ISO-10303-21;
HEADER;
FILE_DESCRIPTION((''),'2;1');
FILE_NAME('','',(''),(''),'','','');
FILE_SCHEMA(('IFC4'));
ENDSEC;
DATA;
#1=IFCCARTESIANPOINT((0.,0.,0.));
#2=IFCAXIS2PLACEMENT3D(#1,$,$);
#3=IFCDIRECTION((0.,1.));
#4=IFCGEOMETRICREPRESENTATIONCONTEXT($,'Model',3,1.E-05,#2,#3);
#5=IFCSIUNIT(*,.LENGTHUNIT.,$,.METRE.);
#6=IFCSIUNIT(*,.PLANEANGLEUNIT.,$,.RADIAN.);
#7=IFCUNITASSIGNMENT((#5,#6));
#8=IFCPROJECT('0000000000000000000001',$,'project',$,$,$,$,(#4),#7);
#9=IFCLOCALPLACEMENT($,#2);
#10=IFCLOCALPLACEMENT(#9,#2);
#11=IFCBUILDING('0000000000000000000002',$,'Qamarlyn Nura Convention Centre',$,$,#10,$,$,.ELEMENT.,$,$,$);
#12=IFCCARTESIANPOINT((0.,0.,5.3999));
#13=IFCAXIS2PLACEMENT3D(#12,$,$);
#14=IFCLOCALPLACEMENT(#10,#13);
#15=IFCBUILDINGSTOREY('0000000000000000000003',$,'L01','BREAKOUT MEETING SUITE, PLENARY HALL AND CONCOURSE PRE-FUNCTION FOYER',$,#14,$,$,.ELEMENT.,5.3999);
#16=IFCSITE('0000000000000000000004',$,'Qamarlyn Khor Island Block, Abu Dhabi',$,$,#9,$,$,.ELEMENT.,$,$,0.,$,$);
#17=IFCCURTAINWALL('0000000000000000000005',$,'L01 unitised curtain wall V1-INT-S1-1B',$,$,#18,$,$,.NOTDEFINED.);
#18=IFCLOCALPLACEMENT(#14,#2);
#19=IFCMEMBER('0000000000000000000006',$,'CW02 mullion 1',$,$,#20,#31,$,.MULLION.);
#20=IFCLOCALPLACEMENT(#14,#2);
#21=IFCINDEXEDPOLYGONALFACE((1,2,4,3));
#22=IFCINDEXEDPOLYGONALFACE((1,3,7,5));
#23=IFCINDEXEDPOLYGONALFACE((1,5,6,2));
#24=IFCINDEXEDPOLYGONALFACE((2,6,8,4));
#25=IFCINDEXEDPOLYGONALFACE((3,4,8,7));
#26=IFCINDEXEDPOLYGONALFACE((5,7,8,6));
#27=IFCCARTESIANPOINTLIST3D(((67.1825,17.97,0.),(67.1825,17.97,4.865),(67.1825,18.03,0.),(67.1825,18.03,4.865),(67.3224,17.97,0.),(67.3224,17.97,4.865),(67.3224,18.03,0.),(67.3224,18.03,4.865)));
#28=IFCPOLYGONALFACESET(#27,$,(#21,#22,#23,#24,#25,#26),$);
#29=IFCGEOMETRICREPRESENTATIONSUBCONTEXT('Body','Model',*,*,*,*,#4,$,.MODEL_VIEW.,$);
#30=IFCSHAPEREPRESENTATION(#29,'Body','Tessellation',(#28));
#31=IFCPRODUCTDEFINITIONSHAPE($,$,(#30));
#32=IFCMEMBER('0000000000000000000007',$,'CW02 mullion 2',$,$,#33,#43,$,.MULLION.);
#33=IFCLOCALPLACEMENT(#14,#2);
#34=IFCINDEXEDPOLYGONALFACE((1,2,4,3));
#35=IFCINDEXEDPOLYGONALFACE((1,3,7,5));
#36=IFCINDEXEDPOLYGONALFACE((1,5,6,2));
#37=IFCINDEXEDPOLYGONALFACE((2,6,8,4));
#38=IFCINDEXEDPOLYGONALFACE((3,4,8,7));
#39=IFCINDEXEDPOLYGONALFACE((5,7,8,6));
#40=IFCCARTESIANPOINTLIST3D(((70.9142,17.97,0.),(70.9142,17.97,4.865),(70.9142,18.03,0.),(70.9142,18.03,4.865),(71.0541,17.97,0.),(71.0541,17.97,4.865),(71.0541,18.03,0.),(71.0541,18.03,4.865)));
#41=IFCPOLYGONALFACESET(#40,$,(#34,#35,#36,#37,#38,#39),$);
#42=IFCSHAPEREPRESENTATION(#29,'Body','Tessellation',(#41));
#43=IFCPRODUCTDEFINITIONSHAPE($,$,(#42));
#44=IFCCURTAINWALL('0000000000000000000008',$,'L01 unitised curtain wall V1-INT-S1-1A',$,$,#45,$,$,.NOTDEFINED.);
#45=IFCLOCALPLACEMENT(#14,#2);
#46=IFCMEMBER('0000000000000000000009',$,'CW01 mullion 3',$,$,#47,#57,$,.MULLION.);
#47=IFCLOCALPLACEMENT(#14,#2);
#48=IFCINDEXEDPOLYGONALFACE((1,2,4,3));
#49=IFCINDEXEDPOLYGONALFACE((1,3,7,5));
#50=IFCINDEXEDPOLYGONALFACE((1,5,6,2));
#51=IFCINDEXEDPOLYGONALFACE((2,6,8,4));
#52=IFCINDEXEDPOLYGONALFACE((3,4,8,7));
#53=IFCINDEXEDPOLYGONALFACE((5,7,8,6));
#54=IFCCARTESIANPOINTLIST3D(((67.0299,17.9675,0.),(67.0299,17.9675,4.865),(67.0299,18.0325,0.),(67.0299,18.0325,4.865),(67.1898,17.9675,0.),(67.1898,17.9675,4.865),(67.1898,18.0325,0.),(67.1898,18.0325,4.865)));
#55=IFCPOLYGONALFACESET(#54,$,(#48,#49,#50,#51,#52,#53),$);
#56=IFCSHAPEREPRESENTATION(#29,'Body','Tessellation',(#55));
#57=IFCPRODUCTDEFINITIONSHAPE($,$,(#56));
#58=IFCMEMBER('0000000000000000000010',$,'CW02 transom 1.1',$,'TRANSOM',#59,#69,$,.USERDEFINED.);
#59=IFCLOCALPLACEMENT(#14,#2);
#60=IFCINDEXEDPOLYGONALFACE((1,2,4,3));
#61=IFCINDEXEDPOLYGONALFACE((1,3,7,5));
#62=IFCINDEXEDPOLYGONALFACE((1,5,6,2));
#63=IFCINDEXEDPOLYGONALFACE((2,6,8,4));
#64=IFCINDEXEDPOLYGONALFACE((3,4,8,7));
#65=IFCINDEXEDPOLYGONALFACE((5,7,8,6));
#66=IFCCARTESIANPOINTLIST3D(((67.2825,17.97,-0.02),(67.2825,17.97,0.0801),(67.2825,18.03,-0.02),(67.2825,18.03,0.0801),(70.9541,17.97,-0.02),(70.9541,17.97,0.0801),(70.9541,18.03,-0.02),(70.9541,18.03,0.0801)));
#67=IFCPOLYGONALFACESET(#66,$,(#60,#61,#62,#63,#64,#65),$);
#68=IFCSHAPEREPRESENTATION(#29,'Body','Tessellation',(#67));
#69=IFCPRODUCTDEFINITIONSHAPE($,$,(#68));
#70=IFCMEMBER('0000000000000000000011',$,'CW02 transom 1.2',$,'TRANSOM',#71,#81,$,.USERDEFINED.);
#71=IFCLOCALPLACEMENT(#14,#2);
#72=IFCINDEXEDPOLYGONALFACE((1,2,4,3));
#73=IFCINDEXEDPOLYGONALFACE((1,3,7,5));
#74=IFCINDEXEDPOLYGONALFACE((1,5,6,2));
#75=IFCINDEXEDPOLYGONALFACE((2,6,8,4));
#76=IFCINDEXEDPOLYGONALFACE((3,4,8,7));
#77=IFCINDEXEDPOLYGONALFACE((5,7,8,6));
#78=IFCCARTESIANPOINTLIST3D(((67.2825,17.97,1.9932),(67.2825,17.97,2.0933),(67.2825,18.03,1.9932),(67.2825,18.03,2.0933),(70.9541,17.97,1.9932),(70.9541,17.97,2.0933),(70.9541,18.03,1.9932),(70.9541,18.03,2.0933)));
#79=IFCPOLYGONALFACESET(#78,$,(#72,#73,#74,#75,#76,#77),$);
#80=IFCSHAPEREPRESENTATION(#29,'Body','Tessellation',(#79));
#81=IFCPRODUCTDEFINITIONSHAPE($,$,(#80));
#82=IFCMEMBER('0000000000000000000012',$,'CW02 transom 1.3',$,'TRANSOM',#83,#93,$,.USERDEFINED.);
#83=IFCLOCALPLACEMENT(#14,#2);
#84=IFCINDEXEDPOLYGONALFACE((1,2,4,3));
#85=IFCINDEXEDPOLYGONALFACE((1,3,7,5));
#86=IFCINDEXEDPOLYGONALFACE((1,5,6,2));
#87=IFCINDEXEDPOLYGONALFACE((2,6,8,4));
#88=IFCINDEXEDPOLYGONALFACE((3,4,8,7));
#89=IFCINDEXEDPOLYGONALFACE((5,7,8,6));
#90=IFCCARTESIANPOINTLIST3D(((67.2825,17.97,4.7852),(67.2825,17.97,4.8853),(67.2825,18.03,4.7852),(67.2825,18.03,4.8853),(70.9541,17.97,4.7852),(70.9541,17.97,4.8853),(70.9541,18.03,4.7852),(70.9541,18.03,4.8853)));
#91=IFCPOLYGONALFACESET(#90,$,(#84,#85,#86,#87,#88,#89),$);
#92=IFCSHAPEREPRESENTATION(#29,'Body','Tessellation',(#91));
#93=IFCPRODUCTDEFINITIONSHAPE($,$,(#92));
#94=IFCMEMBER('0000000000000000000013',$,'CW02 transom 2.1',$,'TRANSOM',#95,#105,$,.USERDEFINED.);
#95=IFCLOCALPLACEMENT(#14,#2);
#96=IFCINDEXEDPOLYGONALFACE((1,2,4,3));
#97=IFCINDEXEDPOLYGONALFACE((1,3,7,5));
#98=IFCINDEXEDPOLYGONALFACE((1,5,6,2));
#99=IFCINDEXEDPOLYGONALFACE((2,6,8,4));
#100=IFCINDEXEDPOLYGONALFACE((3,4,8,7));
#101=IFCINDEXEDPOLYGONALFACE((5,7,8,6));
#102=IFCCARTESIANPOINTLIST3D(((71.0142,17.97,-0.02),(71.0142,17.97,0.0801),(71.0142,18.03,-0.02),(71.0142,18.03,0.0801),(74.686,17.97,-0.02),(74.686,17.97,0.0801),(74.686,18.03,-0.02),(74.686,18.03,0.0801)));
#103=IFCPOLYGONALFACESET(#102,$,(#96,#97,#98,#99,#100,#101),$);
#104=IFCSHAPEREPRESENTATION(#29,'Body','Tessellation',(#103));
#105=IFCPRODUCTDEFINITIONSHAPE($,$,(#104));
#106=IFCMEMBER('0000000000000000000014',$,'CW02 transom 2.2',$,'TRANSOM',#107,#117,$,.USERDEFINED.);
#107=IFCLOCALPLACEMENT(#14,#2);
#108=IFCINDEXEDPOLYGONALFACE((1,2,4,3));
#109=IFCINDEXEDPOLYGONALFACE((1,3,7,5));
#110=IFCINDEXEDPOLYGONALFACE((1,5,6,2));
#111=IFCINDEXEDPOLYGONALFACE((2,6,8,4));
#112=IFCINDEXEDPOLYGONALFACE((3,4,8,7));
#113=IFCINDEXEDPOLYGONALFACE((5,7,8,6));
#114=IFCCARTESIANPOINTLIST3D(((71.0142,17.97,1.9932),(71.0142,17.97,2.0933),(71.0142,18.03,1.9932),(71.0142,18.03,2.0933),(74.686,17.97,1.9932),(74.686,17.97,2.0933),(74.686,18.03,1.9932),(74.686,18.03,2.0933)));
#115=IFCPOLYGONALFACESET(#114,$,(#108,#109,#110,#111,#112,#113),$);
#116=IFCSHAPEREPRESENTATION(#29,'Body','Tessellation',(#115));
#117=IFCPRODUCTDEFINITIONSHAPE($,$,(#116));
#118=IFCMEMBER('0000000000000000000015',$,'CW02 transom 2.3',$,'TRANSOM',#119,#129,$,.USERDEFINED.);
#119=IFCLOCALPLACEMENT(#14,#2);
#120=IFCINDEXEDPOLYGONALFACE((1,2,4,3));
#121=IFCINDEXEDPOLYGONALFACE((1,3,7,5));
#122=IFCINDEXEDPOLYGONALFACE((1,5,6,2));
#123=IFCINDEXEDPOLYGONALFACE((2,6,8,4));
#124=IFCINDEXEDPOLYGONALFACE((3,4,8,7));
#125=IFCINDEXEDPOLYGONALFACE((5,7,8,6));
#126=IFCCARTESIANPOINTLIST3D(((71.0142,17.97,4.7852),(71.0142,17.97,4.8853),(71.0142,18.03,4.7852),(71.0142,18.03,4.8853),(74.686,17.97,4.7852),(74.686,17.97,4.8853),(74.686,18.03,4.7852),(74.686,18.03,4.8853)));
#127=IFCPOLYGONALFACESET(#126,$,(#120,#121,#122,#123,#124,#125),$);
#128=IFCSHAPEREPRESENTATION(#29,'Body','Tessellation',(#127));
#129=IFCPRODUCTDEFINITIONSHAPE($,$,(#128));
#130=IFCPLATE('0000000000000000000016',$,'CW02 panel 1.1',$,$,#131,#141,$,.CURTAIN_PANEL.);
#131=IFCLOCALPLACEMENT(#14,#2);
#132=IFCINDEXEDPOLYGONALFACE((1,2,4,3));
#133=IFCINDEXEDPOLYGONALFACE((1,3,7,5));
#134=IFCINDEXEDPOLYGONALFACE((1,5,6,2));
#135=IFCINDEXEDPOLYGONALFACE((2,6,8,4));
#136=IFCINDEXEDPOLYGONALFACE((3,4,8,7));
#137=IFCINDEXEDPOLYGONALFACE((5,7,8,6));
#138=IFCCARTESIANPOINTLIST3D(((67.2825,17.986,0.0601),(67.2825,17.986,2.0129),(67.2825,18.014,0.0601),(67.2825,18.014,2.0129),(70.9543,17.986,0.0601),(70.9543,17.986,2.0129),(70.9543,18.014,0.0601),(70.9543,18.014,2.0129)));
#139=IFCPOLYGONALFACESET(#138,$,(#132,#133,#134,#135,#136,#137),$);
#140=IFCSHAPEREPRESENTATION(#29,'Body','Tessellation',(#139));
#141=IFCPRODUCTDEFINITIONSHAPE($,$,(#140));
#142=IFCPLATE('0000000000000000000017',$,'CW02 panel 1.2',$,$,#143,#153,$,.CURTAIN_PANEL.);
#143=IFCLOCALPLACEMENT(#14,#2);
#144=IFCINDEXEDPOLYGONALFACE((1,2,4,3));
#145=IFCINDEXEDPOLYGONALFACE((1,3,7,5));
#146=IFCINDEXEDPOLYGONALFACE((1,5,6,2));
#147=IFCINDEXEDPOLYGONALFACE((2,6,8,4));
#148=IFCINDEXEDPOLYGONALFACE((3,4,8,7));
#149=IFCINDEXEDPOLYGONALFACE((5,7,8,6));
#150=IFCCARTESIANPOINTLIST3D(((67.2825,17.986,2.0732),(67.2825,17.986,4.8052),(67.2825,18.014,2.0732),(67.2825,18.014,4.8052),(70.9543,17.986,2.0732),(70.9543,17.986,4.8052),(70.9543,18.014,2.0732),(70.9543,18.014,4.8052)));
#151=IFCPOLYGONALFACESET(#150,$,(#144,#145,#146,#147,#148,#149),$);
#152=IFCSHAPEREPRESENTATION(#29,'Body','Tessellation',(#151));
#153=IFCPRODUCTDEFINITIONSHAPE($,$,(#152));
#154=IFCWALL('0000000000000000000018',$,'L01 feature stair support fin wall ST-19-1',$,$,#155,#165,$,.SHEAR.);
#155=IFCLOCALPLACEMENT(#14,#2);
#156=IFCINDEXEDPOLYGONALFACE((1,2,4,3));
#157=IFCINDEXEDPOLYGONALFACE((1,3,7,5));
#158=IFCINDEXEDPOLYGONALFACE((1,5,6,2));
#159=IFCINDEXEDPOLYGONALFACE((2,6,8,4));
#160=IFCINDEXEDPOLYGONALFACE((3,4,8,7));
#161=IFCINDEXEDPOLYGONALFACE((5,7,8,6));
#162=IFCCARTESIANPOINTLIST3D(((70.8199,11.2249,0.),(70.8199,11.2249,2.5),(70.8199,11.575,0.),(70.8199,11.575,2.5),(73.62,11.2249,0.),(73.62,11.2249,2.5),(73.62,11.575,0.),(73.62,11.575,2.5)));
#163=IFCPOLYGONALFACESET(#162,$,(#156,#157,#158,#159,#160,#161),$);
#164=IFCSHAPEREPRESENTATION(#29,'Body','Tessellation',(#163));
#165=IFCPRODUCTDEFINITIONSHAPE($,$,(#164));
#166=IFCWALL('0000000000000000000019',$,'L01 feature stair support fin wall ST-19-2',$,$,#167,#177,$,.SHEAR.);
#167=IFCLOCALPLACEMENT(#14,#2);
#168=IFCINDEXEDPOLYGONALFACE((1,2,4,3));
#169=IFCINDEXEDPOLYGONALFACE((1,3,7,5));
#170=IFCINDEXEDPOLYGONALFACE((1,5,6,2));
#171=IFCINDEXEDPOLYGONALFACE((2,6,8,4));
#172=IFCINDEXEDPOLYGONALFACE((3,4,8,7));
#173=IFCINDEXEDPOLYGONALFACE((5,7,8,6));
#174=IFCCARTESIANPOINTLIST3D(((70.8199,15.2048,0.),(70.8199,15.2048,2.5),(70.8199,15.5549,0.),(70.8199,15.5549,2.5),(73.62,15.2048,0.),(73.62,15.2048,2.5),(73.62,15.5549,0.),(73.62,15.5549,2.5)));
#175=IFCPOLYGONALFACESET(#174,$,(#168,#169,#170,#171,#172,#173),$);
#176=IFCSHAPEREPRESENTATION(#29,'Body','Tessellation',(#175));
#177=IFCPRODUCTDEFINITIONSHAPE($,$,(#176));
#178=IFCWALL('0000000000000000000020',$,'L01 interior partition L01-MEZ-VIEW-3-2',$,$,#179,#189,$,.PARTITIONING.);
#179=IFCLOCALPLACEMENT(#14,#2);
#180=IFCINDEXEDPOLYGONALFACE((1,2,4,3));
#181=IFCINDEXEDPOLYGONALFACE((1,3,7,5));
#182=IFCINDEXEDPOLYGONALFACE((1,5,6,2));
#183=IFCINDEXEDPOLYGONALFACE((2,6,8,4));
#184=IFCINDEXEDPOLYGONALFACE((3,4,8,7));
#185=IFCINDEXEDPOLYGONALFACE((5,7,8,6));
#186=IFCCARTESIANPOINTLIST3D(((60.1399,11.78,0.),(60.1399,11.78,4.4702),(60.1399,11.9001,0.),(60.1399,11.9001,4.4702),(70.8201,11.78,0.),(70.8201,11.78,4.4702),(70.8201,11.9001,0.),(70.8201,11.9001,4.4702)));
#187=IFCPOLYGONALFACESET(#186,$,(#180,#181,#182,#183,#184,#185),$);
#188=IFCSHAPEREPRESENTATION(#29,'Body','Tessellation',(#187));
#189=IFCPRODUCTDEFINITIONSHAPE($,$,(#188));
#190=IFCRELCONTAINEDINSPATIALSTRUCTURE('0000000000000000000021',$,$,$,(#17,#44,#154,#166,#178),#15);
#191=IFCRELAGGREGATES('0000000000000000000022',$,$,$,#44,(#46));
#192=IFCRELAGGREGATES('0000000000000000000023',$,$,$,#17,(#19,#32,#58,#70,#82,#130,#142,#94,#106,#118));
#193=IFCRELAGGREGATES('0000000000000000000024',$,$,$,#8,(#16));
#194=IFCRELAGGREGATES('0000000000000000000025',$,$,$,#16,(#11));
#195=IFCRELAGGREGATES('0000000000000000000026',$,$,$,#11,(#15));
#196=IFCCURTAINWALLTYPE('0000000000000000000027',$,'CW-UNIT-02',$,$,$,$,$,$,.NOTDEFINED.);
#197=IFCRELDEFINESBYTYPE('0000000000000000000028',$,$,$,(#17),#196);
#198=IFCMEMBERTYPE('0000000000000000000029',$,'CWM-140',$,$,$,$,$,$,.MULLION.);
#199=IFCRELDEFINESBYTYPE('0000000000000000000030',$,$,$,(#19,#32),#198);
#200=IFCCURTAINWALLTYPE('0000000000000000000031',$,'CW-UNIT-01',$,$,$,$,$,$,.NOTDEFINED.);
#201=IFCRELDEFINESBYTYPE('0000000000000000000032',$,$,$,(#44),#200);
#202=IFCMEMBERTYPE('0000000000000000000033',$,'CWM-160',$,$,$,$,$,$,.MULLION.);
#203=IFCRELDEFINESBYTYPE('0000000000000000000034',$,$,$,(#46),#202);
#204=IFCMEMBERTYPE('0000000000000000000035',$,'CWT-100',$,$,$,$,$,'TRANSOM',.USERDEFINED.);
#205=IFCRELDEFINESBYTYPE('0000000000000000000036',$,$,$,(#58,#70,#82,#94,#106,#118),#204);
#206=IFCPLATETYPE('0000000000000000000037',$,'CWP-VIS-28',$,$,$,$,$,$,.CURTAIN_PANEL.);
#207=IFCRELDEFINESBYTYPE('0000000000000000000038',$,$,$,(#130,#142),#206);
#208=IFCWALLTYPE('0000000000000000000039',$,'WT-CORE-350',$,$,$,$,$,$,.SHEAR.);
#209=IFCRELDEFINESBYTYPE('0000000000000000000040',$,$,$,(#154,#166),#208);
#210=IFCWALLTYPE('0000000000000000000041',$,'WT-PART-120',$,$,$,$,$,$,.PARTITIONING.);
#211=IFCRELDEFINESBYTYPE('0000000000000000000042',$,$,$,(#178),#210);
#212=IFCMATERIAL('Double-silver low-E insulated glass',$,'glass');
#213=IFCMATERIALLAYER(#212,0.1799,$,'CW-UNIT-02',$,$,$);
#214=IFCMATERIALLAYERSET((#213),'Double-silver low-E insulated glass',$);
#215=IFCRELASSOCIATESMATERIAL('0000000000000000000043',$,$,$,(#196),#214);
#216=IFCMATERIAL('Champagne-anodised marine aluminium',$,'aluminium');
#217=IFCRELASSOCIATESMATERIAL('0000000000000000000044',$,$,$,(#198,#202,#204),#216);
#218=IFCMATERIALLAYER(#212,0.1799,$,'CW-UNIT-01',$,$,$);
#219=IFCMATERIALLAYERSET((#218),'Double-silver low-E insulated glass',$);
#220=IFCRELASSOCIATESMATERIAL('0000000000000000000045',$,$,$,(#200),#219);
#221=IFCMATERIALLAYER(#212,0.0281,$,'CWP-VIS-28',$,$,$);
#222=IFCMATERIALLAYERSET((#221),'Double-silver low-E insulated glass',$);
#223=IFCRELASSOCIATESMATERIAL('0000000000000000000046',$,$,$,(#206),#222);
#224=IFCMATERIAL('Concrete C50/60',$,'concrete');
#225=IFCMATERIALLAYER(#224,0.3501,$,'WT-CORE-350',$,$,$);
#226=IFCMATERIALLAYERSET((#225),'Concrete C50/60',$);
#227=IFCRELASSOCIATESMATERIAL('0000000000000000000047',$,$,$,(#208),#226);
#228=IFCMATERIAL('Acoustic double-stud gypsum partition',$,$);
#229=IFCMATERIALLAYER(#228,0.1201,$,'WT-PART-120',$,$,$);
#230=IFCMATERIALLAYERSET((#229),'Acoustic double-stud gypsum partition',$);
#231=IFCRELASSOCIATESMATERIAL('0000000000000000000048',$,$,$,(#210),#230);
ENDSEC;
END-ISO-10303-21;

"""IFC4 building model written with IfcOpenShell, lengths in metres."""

from ifc_helpers import new_model, si_unit, direction, frame, frame_2d, origin, origin_2d, place, context, subcontext, project, spatial, rectangle, extrude, material, layer, layer_set, material_profile, profile_set, type_object, element, aggregate, save


model = new_model("IFC4")

# Units and contexts
model_context = context("Model", 3, precision=1e-05, world=origin(), true_north=direction((0.0, 1.0)))
body_context = subcontext(model_context, "Body", "Model", "MODEL_VIEW")
ifc_project = project(units=[si_unit("LENGTHUNIT", "METRE"), si_unit("PLANEANGLEUNIT", "RADIAN")], contexts=[model_context])

# Site, building, storey
site_placement = place(None, origin())
site = spatial("IfcSite", under=ifc_project, at=site_placement, Name="Qamarlyn Khor Island Block, Abu Dhabi", CompositionType="ELEMENT", RefElevation=0.0)
building_placement = place(site_placement, origin())
building = spatial("IfcBuilding", under=site, at=building_placement, Name="Qamarlyn Nura Convention Centre", CompositionType="ELEMENT")
storey_placement = place(building_placement, frame((0.0, 0.0, 5.3999)))
storey = spatial("IfcBuildingStorey", under=building, at=storey_placement, Name="L01", Description="BREAKOUT MEETING SUITE, PLENARY HALL AND CONCOURSE PRE-FUNCTION FOYER", CompositionType="ELEMENT", Elevation=5.3999)

# Curtain wall, members
ifc_material_1 = material(Name="Double-silver low-E insulated glass", Category="glass")
ifc_layer_1 = layer(ifc_material_1, 0.1799, Name="CW-UNIT-02")
ifc_layer_set_1 = layer_set([ifc_layer_1], Name="Double-silver low-E insulated glass")
curtain_wall_type_1 = type_object("IfcCurtainWallType", Name="CW-UNIT-02", PredefinedType="NOTDEFINED", material=ifc_layer_set_1)
curtain_wall_1_placement = place(storey_placement, origin())
curtain_wall_1 = element("IfcCurtainWall", 1, at=curtain_wall_1_placement, inside=storey, type_object=curtain_wall_type_1, Name="L01 unitised curtain wall V1-INT-S1-1B", PredefinedType="NOTDEFINED")
ifc_material_2 = material(Name="Champagne-anodised marine aluminium", Category="aluminium")
ifc_material_profile_1 = material_profile(ifc_material_2, rectangle(XDim=0.0601, YDim=0.1399, at=origin_2d()), Name="ALU MULLION 60x140")
ifc_profile_set_1 = profile_set([ifc_material_profile_1], Name="Champagne-anodised marine aluminium")
member_type_1 = type_object("IfcMemberType", Name="CWM-140", PredefinedType="MULLION", material=ifc_profile_set_1)
member_1_placement = place(storey_placement, frame((67.2524, 18.0, 0.0), z_axis=(0.0, 0.0, 1.0), x_axis=(0.0, 1.0, 0.0)))
member_1 = element("IfcMember", 2, at=member_1_placement, type_object=member_type_1, Name="CW02 mullion 1", PredefinedType="MULLION", context=body_context, shape_type="SweptSolid", body=[
    extrude(rectangle(XDim=0.0601, YDim=0.1399, at=origin_2d()), origin(), (0.0, 0.0, 1.0), 4.865),
])
member_2_placement = place(storey_placement, frame((70.9841, 18.0, 0.0), z_axis=(0.0, 0.0, 1.0), x_axis=(0.0, 1.0, 0.0)))
member_2 = element("IfcMember", 3, at=member_2_placement, type_object=member_type_1, Name="CW02 mullion 2", PredefinedType="MULLION", context=body_context, shape_type="SweptSolid", body=[
    extrude(rectangle(XDim=0.0601, YDim=0.1399, at=origin_2d()), origin(), (0.0, 0.0, 1.0), 4.865),
])

# Curtain wall, member
ifc_layer_2 = layer(ifc_material_1, 0.1799, Name="CW-UNIT-01")
ifc_layer_set_2 = layer_set([ifc_layer_2], Name="Double-silver low-E insulated glass")
curtain_wall_type_2 = type_object("IfcCurtainWallType", Name="CW-UNIT-01", PredefinedType="NOTDEFINED", material=ifc_layer_set_2)
curtain_wall_2_placement = place(storey_placement, origin())
curtain_wall_2 = element("IfcCurtainWall", 4, at=curtain_wall_2_placement, inside=storey, type_object=curtain_wall_type_2, Name="L01 unitised curtain wall V1-INT-S1-1A", PredefinedType="NOTDEFINED")
ifc_material_profile_2 = material_profile(ifc_material_2, rectangle(XDim=0.0649, YDim=0.1599, at=origin_2d()), Name="ALU MULLION 65x160")
ifc_profile_set_2 = profile_set([ifc_material_profile_2], Name="Champagne-anodised marine aluminium")
member_type_2 = type_object("IfcMemberType", Name="CWM-160", PredefinedType="MULLION", material=ifc_profile_set_2)
member_3_placement = place(storey_placement, frame((67.1099, 18.0, 0.0), z_axis=(0.0, 0.0, 1.0), x_axis=(0.0, 1.0, 0.0)))
member_3 = element("IfcMember", 5, at=member_3_placement, type_object=member_type_2, Name="CW01 mullion 3", PredefinedType="MULLION", context=body_context, shape_type="SweptSolid", body=[
    extrude(rectangle(XDim=0.0649, YDim=0.1599, at=origin_2d()), origin(), (0.0, 0.0, 1.0), 4.865),
])
aggregate(curtain_wall_2, [member_3])

# Members
ifc_material_profile_3 = material_profile(ifc_material_2, rectangle(XDim=0.0601, YDim=0.1001, at=origin_2d()), Name="ALU TRANSOM 60x100")
ifc_profile_set_3 = profile_set([ifc_material_profile_3], Name="Champagne-anodised marine aluminium")
member_type_3 = type_object("IfcMemberType", Name="CWT-100", ElementType="TRANSOM", PredefinedType="USERDEFINED", material=ifc_profile_set_3)
member_4_placement = place(storey_placement, frame((67.2825, 18.0, 0.03), z_axis=(1.0, 0.0, 0.0), x_axis=(0.0, 1.0, 0.0)))
member_4 = element("IfcMember", 6, at=member_4_placement, type_object=member_type_3, Name="CW02 transom 1.1", ObjectType="TRANSOM", PredefinedType="USERDEFINED", context=body_context, shape_type="SweptSolid", body=[
    extrude(rectangle(XDim=0.0601, YDim=0.1001, at=origin_2d()), origin(), (0.0, 0.0, 1.0), 3.6716),
])
member_5_placement = place(storey_placement, frame((67.2825, 18.0, 2.0432), z_axis=(1.0, 0.0, 0.0), x_axis=(0.0, 1.0, 0.0)))
member_5 = element("IfcMember", 7, at=member_5_placement, type_object=member_type_3, Name="CW02 transom 1.2", ObjectType="TRANSOM", PredefinedType="USERDEFINED", context=body_context, shape_type="SweptSolid", body=[
    extrude(rectangle(XDim=0.0601, YDim=0.1001, at=origin_2d()), origin(), (0.0, 0.0, 1.0), 3.6716),
])
member_6_placement = place(storey_placement, frame((67.2825, 18.0, 4.8352), z_axis=(1.0, 0.0, 0.0), x_axis=(0.0, 1.0, 0.0)))
member_6 = element("IfcMember", 8, at=member_6_placement, type_object=member_type_3, Name="CW02 transom 1.3", ObjectType="TRANSOM", PredefinedType="USERDEFINED", context=body_context, shape_type="SweptSolid", body=[
    extrude(rectangle(XDim=0.0601, YDim=0.1001, at=origin_2d()), origin(), (0.0, 0.0, 1.0), 3.6716),
])
member_7_placement = place(storey_placement, frame((71.0142, 18.0, 0.03), z_axis=(1.0, 0.0, 0.0), x_axis=(0.0, 1.0, 0.0)))
member_7 = element("IfcMember", 9, at=member_7_placement, type_object=member_type_3, Name="CW02 transom 2.1", ObjectType="TRANSOM", PredefinedType="USERDEFINED", context=body_context, shape_type="SweptSolid", body=[
    extrude(rectangle(XDim=0.0601, YDim=0.1001, at=origin_2d()), origin(), (0.0, 0.0, 1.0), 3.6719),
])
member_8_placement = place(storey_placement, frame((71.0142, 18.0, 2.0432), z_axis=(1.0, 0.0, 0.0), x_axis=(0.0, 1.0, 0.0)))
member_8 = element("IfcMember", 10, at=member_8_placement, type_object=member_type_3, Name="CW02 transom 2.2", ObjectType="TRANSOM", PredefinedType="USERDEFINED", context=body_context, shape_type="SweptSolid", body=[
    extrude(rectangle(XDim=0.0601, YDim=0.1001, at=origin_2d()), origin(), (0.0, 0.0, 1.0), 3.6719),
])
member_9_placement = place(storey_placement, frame((71.0142, 18.0, 4.8352), z_axis=(1.0, 0.0, 0.0), x_axis=(0.0, 1.0, 0.0)))
member_9 = element("IfcMember", 11, at=member_9_placement, type_object=member_type_3, Name="CW02 transom 2.3", ObjectType="TRANSOM", PredefinedType="USERDEFINED", context=body_context, shape_type="SweptSolid", body=[
    extrude(rectangle(XDim=0.0601, YDim=0.1001, at=origin_2d()), origin(), (0.0, 0.0, 1.0), 3.6719),
])

# Plates
ifc_layer_3 = layer(ifc_material_1, 0.0281, Name="CWP-VIS-28")
ifc_layer_set_3 = layer_set([ifc_layer_3], Name="Double-silver low-E insulated glass")
plate_type = type_object("IfcPlateType", Name="CWP-VIS-28", PredefinedType="CURTAIN_PANEL", material=ifc_layer_set_3)
plate_1_placement = place(storey_placement, frame((69.1184, 18.0, 0.0601), z_axis=(0.0, 0.0, 1.0), x_axis=(1.0, 0.0, 0.0)))
plate_1 = element("IfcPlate", 12, at=plate_1_placement, type_object=plate_type, Name="CW02 panel 1.1", PredefinedType="CURTAIN_PANEL", context=body_context, shape_type="SweptSolid", body=[
    extrude(rectangle(XDim=3.6719, YDim=0.0281, at=origin_2d()), origin(), (0.0, 0.0, 1.0), 1.9529),
])
plate_2_placement = place(storey_placement, frame((69.1184, 18.0, 2.0732), z_axis=(0.0, 0.0, 1.0), x_axis=(1.0, 0.0, 0.0)))
plate_2 = element("IfcPlate", 13, at=plate_2_placement, type_object=plate_type, Name="CW02 panel 1.2", PredefinedType="CURTAIN_PANEL", context=body_context, shape_type="SweptSolid", body=[
    extrude(rectangle(XDim=3.6719, YDim=0.0281, at=origin_2d()), origin(), (0.0, 0.0, 1.0), 2.7319),
])
aggregate(curtain_wall_1, [member_1, member_2, member_4, member_5, member_6, plate_1, plate_2, member_7, member_8, member_9])

# Walls
ifc_material_3 = material(Name="Concrete C50/60", Category="concrete")
ifc_layer_4 = layer(ifc_material_3, 0.3501, Name="WT-CORE-350")
ifc_layer_set_4 = layer_set([ifc_layer_4], Name="Concrete C50/60")
wall_type_1 = type_object("IfcWallType", Name="WT-CORE-350", PredefinedType="SHEAR", material=ifc_layer_set_4)
for number, where, z_axis, x_axis, name in (
    (14, (70.8201, 11.3999, 0.0), (0.0, 0.0, 1.0), (1.0, 0.0, 0.0), "L01 feature stair support fin wall ST-19-1"),
    (15, (70.8201, 15.3799, 0.0), (0.0, 0.0, 1.0), (1.0, 0.0, 0.0), "L01 feature stair support fin wall ST-19-2"),
):
    element("IfcWall", number, at=place(storey_placement, frame(where, z_axis=z_axis, x_axis=x_axis)), inside=storey, type_object=wall_type_1, Name=name, PredefinedType="SHEAR", context=body_context, shape_type="SweptSolid", body=[
        extrude(rectangle(XDim=2.8, YDim=0.3501, at=frame_2d((1.3999, 0.0))), origin(), (0.0, 0.0, 1.0), 2.5),
    ])
ifc_material_4 = material(Name="Acoustic double-stud gypsum partition")
ifc_layer_5 = layer(ifc_material_4, 0.1201, Name="WT-PART-120")
ifc_layer_set_5 = layer_set([ifc_layer_5], Name="Acoustic double-stud gypsum partition")
wall_type_2 = type_object("IfcWallType", Name="WT-PART-120", PredefinedType="PARTITIONING", material=ifc_layer_set_5)
wall_placement = place(storey_placement, frame((70.8201, 11.8401, 0.0), z_axis=(0.0, 0.0, 1.0), x_axis=(-1.0, 0.0, 0.0)))
element("IfcWall", 16, at=wall_placement, inside=storey, type_object=wall_type_2, Name="L01 interior partition L01-MEZ-VIEW-3-2", PredefinedType="PARTITIONING", context=body_context, shape_type="SweptSolid", body=[
    extrude(rectangle(XDim=10.6802, YDim=0.1201, at=frame_2d((5.3401, 0.0))), origin(), (0.0, 0.0, 1.0), 4.4702),
])

save(model, "model.ifc")
